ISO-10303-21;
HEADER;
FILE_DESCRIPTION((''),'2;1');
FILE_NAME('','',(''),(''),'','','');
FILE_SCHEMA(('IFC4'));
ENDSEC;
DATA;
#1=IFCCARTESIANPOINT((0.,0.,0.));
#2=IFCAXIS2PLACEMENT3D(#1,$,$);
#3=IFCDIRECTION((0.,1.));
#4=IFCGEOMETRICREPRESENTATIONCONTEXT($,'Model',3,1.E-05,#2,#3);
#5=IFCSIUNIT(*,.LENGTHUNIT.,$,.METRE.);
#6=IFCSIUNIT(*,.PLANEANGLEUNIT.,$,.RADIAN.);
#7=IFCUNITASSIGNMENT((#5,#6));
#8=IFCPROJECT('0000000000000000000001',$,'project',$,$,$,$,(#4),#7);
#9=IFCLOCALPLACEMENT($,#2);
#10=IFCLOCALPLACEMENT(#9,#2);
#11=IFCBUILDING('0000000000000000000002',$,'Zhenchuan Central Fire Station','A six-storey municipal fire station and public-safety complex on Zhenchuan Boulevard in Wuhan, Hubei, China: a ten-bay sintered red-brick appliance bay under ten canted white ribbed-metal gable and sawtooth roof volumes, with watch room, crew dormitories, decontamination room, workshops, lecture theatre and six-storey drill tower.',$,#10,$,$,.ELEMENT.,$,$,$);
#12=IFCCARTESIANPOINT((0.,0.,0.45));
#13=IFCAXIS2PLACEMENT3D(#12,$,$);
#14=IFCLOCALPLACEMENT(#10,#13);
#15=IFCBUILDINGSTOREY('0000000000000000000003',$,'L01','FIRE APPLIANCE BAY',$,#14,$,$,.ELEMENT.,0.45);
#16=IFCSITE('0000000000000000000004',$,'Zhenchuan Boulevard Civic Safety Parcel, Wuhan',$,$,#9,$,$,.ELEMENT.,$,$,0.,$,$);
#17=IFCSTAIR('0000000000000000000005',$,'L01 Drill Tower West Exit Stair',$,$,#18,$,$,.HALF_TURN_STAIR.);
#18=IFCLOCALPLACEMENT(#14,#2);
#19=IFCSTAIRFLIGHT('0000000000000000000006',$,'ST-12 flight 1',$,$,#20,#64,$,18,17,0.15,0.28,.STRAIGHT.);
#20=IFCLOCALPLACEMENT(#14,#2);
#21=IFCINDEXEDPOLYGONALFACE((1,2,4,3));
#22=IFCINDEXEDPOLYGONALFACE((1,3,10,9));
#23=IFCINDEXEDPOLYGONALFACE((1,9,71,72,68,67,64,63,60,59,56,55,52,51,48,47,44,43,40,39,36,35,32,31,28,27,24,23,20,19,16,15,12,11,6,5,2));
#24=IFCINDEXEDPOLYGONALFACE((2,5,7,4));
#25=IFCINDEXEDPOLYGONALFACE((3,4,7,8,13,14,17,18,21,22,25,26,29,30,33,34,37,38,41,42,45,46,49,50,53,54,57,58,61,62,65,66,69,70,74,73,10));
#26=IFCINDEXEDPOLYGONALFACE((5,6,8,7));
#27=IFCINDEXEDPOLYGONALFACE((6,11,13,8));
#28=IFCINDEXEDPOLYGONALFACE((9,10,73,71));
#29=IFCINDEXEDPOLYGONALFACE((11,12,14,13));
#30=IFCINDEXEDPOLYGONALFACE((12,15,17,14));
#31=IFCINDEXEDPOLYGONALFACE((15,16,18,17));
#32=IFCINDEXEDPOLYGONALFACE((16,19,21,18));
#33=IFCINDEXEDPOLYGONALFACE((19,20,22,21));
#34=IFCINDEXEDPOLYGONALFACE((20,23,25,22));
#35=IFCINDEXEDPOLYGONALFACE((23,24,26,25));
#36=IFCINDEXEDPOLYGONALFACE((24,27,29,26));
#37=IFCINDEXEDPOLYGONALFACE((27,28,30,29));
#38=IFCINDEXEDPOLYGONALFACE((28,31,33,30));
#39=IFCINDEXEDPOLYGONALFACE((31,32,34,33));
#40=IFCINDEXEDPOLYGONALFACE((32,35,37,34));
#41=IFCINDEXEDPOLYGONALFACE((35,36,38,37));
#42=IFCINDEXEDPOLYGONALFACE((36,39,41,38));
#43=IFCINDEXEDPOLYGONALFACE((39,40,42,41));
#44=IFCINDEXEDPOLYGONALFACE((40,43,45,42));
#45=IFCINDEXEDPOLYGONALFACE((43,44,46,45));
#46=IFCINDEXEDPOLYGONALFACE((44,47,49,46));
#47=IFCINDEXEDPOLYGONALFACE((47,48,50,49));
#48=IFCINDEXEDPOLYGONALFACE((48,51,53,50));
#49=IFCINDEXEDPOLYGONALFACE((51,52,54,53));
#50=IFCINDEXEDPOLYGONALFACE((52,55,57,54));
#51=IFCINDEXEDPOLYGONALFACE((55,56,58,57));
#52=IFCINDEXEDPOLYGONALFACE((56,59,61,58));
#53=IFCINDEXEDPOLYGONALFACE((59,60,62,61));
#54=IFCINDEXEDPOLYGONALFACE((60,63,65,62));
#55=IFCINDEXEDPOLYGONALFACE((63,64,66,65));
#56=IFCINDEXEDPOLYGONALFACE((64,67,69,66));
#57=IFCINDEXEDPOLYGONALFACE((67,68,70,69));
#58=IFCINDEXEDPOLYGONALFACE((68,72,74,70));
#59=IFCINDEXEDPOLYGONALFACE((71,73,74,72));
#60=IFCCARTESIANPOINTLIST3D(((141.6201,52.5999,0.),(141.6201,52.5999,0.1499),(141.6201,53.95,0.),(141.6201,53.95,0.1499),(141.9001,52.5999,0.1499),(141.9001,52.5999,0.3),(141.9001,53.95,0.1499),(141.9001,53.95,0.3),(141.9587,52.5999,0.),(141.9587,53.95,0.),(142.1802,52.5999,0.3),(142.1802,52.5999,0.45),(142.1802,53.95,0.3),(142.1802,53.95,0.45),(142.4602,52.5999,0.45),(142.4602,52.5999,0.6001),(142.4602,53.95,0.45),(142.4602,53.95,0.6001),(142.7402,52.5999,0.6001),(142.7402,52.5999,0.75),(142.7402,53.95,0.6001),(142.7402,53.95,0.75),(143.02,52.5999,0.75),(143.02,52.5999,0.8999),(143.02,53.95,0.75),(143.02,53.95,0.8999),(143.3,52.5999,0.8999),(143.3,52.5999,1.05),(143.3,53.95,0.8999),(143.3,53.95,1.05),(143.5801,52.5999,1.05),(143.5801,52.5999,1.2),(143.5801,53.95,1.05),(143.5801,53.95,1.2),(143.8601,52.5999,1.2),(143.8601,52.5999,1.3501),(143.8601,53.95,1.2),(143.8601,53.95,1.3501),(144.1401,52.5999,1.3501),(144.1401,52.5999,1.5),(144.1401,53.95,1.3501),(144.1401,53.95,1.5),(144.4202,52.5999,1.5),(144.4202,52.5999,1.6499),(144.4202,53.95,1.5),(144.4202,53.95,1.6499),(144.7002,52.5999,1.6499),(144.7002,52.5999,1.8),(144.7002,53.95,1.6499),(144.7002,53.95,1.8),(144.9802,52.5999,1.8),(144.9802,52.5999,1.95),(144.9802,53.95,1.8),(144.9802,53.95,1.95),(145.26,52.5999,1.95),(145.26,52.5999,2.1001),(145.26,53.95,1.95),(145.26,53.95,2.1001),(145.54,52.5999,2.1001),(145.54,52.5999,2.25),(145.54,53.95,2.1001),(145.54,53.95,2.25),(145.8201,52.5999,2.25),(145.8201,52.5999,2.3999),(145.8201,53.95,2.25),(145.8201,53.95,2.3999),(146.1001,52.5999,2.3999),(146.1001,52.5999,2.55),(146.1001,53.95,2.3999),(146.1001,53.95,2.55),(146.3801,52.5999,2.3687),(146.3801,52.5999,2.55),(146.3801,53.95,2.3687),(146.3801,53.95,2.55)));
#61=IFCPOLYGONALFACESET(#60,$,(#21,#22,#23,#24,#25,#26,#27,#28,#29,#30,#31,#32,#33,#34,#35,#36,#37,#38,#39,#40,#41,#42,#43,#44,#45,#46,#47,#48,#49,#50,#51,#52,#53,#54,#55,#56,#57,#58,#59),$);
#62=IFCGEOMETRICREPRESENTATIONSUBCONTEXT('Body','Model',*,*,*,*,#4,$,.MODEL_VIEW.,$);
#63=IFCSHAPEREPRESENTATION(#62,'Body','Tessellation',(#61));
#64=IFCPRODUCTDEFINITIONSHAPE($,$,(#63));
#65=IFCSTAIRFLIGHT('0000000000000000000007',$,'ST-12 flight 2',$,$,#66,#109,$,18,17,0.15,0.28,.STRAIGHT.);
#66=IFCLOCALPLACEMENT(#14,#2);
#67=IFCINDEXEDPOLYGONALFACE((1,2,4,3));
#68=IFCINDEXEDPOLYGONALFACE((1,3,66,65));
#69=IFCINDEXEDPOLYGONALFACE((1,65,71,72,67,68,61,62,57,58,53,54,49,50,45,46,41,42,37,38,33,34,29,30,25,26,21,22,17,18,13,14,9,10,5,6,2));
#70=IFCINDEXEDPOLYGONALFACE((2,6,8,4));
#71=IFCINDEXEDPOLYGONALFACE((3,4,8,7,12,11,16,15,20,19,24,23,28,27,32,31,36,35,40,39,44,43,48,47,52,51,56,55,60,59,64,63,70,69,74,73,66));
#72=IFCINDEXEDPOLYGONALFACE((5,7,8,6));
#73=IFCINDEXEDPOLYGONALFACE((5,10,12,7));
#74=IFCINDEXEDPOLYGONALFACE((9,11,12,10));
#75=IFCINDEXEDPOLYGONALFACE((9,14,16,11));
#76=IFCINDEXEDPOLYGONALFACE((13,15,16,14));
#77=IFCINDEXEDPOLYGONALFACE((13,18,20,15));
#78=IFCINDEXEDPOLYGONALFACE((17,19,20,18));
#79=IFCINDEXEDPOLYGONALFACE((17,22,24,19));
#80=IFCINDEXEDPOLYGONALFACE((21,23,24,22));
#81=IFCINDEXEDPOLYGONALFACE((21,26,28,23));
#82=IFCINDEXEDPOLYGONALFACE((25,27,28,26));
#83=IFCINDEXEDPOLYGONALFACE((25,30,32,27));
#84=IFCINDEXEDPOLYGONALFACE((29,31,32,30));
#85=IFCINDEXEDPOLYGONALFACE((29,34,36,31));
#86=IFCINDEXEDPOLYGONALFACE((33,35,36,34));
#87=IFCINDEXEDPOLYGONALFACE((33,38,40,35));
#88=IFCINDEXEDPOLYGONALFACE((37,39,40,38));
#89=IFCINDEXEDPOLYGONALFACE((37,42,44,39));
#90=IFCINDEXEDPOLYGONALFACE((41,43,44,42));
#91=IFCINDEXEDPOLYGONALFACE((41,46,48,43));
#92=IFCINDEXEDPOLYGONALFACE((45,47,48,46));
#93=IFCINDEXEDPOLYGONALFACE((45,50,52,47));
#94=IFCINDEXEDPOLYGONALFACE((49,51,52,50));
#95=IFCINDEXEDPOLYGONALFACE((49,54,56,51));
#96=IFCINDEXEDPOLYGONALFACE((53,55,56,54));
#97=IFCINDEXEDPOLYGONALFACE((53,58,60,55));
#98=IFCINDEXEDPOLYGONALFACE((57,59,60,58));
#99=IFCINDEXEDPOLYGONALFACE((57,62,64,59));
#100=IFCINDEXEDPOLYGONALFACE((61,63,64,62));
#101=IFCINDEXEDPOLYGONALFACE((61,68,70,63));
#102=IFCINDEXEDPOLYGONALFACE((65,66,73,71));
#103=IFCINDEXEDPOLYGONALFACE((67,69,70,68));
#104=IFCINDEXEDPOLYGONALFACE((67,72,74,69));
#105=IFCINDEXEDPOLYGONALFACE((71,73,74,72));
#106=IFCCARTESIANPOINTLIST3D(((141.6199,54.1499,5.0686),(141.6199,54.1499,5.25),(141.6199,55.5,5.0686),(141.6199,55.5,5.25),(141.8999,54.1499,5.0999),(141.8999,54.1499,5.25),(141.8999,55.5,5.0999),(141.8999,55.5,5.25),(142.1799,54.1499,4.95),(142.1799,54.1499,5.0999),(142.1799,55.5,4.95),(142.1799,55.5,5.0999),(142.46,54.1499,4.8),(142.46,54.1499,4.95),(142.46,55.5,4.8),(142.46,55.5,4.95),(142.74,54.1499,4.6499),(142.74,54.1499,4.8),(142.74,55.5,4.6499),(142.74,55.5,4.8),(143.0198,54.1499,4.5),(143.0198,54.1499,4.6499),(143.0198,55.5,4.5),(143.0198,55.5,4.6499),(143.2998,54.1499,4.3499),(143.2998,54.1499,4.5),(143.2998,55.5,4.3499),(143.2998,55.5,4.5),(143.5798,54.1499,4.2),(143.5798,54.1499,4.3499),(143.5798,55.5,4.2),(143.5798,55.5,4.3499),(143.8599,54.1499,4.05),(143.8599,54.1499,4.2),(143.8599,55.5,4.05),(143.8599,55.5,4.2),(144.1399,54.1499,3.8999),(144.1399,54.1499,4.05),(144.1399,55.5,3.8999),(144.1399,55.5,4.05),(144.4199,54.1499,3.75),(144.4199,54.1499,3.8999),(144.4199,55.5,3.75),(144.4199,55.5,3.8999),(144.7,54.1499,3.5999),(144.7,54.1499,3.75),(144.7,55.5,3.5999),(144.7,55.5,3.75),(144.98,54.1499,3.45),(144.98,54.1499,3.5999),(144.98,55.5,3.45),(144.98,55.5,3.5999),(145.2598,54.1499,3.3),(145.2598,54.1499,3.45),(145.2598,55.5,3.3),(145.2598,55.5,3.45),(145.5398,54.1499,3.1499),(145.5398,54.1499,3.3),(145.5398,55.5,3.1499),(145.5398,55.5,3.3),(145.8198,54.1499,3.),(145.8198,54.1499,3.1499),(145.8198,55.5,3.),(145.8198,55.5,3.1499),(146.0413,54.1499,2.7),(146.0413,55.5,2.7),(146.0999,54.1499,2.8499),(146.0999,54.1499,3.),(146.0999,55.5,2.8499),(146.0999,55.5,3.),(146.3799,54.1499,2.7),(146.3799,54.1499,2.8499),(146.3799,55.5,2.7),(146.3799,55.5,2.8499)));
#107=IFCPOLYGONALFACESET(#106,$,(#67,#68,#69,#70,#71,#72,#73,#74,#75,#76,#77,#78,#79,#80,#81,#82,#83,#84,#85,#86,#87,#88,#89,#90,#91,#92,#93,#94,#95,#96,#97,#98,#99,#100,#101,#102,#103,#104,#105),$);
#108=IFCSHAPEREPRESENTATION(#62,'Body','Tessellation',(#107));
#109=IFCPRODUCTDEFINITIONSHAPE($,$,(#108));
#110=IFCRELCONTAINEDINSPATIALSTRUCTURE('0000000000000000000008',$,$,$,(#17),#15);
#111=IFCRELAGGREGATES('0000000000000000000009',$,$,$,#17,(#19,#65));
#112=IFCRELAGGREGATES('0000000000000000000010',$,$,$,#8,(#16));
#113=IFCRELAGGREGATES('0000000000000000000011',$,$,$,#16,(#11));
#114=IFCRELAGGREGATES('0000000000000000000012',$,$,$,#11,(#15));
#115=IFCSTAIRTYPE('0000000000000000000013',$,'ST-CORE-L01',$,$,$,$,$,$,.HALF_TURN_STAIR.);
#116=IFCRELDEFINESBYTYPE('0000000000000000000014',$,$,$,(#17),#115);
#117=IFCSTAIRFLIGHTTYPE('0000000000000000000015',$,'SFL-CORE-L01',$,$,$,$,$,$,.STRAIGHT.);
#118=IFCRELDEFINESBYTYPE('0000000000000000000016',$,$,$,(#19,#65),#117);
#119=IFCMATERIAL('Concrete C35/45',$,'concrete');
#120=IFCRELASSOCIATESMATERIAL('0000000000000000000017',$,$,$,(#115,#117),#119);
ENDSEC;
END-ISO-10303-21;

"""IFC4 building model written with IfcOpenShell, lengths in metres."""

from ifc_helpers import new_model, si_unit, direction, frame, origin, place, context, subcontext, project, spatial, polyline, outline, extrude, material, type_object, element, aggregate, save


model = new_model("IFC4")

# Units and contexts
model_context = context("Model", 3, precision=1e-05, world=origin(), true_north=direction((0.0, 1.0)))
body_context = subcontext(model_context, "Body", "Model", "MODEL_VIEW")
ifc_project = project(units=[si_unit("LENGTHUNIT", "METRE"), si_unit("PLANEANGLEUNIT", "RADIAN")], contexts=[model_context])

# Site, building, storey
site_placement = place(None, origin())
site = spatial("IfcSite", under=ifc_project, at=site_placement, Name="Zhenchuan Boulevard Civic Safety Parcel, Wuhan", CompositionType="ELEMENT", RefElevation=0.0)
building_placement = place(site_placement, origin())
building = spatial("IfcBuilding", under=site, at=building_placement, Name="Zhenchuan Central Fire Station", Description="A six-storey municipal fire station and public-safety complex on Zhenchuan Boulevard in Wuhan, Hubei, China: a ten-bay sintered red-brick appliance bay under ten canted white ribbed-metal gable and sawtooth roof volumes, with watch room, crew dormitories, decontamination room, workshops, lecture theatre and six-storey drill tower.", CompositionType="ELEMENT")
storey_placement = place(building_placement, frame((0.0, 0.0, 0.45)))
storey = spatial("IfcBuildingStorey", under=building, at=storey_placement, Name="L01", Description="FIRE APPLIANCE BAY", CompositionType="ELEMENT", Elevation=0.45)

# Shared definitions
ifc_material_1 = material(Name="Concrete C35/45", Category="concrete")

# Stair, stair flights
stair_type = type_object("IfcStairType", Name="ST-CORE-L01", PredefinedType="HALF_TURN_STAIR", material=ifc_material_1)
stair_placement = place(storey_placement, origin())
stair = element("IfcStair", 1, at=stair_placement, inside=storey, type_object=stair_type, Name="L01 Drill Tower West Exit Stair", PredefinedType="HALF_TURN_STAIR")
stair_flight_type = type_object("IfcStairFlightType", Name="SFL-CORE-L01", PredefinedType="STRAIGHT", material=ifc_material_1)
stair_flight_1_placement = place(storey_placement, frame((141.6201, 53.2749, 0.0), z_axis=(0.0, 0.0, 1.0), x_axis=(1.0, 0.0, 0.0)))
stair_flight_1 = element("IfcStairFlight", 2, at=stair_flight_1_placement, type_object=stair_flight_type, Name="ST-12 flight 1", NumberOfRisers=18, NumberOfTreads=17, PredefinedType="STRAIGHT", RiserHeight=0.15, TreadLength=0.28, context=body_context, shape_type="SweptSolid", body=[
    extrude(outline(polyline([(0.0, 0.0), (0.0, 0.1499), (0.28, 0.1499), (0.28, 0.3), (0.5601, 0.3), (0.5601, 0.45), (0.8401, 0.45), (0.8401, 0.6001), (1.1201, 0.6001), (1.1201, 0.75), (1.3999, 0.75), (1.3999, 0.8999), (1.6799, 0.8999), (1.6799, 1.05), (1.96, 1.05), (1.96, 1.2), (2.24, 1.2), (2.24, 1.3501), (2.52, 1.3501), (2.52, 1.5), (2.8, 1.5), (2.8, 1.6499), (3.0801, 1.6499), (3.0801, 1.8), (3.3601, 1.8), (3.3601, 1.95), (3.6399, 1.95), (3.6399, 2.1001), (3.9199, 2.1001), (3.9199, 2.25), (4.2, 2.25), (4.2, 2.3999), (4.48, 2.3999), (4.48, 2.55), (4.76, 2.55), (4.76, 2.7), (4.76, 2.3687), (0.3386, 0.0), (0.0, 0.0)])), frame((0.0, 0.675, 0.0), z_axis=(0.0, -1.0, 0.0), x_axis=(1.0, 0.0, 0.0)), (0.0, 0.0, 1.0), 1.3501),
])
stair_flight_2_placement = place(storey_placement, frame((146.3799, 54.825, 2.7), z_axis=(0.0, 0.0, 1.0), x_axis=(-1.0, 0.0, 0.0)))
stair_flight_2 = element("IfcStairFlight", 3, at=stair_flight_2_placement, type_object=stair_flight_type, Name="ST-12 flight 2", NumberOfRisers=18, NumberOfTreads=17, PredefinedType="STRAIGHT", RiserHeight=0.15, TreadLength=0.28, context=body_context, shape_type="SweptSolid", body=[
    extrude(outline(polyline([(0.0, 0.0), (0.0, 0.1499), (0.28, 0.1499), (0.28, 0.3), (0.5601, 0.3), (0.5601, 0.45), (0.8401, 0.45), (0.8401, 0.6001), (1.1201, 0.6001), (1.1201, 0.75), (1.3999, 0.75), (1.3999, 0.8999), (1.6799, 0.8999), (1.6799, 1.05), (1.96, 1.05), (1.96, 1.2), (2.24, 1.2), (2.24, 1.3501), (2.52, 1.3501), (2.52, 1.5), (2.8, 1.5), (2.8, 1.6499), (3.0801, 1.6499), (3.0801, 1.8), (3.3601, 1.8), (3.3601, 1.95), (3.6399, 1.95), (3.6399, 2.1001), (3.9199, 2.1001), (3.9199, 2.25), (4.2, 2.25), (4.2, 2.3999), (4.48, 2.3999), (4.48, 2.55), (4.76, 2.55), (4.76, 2.7), (4.76, 2.3687), (0.3386, 0.0), (0.0, 0.0)])), frame((0.0, 0.675, 0.0), z_axis=(0.0, -1.0, 0.0), x_axis=(1.0, 0.0, 0.0)), (0.0, 0.0, 1.0), 1.3501),
])
aggregate(stair, [stair_flight_1, stair_flight_2])

save(model, "model.ifc")
